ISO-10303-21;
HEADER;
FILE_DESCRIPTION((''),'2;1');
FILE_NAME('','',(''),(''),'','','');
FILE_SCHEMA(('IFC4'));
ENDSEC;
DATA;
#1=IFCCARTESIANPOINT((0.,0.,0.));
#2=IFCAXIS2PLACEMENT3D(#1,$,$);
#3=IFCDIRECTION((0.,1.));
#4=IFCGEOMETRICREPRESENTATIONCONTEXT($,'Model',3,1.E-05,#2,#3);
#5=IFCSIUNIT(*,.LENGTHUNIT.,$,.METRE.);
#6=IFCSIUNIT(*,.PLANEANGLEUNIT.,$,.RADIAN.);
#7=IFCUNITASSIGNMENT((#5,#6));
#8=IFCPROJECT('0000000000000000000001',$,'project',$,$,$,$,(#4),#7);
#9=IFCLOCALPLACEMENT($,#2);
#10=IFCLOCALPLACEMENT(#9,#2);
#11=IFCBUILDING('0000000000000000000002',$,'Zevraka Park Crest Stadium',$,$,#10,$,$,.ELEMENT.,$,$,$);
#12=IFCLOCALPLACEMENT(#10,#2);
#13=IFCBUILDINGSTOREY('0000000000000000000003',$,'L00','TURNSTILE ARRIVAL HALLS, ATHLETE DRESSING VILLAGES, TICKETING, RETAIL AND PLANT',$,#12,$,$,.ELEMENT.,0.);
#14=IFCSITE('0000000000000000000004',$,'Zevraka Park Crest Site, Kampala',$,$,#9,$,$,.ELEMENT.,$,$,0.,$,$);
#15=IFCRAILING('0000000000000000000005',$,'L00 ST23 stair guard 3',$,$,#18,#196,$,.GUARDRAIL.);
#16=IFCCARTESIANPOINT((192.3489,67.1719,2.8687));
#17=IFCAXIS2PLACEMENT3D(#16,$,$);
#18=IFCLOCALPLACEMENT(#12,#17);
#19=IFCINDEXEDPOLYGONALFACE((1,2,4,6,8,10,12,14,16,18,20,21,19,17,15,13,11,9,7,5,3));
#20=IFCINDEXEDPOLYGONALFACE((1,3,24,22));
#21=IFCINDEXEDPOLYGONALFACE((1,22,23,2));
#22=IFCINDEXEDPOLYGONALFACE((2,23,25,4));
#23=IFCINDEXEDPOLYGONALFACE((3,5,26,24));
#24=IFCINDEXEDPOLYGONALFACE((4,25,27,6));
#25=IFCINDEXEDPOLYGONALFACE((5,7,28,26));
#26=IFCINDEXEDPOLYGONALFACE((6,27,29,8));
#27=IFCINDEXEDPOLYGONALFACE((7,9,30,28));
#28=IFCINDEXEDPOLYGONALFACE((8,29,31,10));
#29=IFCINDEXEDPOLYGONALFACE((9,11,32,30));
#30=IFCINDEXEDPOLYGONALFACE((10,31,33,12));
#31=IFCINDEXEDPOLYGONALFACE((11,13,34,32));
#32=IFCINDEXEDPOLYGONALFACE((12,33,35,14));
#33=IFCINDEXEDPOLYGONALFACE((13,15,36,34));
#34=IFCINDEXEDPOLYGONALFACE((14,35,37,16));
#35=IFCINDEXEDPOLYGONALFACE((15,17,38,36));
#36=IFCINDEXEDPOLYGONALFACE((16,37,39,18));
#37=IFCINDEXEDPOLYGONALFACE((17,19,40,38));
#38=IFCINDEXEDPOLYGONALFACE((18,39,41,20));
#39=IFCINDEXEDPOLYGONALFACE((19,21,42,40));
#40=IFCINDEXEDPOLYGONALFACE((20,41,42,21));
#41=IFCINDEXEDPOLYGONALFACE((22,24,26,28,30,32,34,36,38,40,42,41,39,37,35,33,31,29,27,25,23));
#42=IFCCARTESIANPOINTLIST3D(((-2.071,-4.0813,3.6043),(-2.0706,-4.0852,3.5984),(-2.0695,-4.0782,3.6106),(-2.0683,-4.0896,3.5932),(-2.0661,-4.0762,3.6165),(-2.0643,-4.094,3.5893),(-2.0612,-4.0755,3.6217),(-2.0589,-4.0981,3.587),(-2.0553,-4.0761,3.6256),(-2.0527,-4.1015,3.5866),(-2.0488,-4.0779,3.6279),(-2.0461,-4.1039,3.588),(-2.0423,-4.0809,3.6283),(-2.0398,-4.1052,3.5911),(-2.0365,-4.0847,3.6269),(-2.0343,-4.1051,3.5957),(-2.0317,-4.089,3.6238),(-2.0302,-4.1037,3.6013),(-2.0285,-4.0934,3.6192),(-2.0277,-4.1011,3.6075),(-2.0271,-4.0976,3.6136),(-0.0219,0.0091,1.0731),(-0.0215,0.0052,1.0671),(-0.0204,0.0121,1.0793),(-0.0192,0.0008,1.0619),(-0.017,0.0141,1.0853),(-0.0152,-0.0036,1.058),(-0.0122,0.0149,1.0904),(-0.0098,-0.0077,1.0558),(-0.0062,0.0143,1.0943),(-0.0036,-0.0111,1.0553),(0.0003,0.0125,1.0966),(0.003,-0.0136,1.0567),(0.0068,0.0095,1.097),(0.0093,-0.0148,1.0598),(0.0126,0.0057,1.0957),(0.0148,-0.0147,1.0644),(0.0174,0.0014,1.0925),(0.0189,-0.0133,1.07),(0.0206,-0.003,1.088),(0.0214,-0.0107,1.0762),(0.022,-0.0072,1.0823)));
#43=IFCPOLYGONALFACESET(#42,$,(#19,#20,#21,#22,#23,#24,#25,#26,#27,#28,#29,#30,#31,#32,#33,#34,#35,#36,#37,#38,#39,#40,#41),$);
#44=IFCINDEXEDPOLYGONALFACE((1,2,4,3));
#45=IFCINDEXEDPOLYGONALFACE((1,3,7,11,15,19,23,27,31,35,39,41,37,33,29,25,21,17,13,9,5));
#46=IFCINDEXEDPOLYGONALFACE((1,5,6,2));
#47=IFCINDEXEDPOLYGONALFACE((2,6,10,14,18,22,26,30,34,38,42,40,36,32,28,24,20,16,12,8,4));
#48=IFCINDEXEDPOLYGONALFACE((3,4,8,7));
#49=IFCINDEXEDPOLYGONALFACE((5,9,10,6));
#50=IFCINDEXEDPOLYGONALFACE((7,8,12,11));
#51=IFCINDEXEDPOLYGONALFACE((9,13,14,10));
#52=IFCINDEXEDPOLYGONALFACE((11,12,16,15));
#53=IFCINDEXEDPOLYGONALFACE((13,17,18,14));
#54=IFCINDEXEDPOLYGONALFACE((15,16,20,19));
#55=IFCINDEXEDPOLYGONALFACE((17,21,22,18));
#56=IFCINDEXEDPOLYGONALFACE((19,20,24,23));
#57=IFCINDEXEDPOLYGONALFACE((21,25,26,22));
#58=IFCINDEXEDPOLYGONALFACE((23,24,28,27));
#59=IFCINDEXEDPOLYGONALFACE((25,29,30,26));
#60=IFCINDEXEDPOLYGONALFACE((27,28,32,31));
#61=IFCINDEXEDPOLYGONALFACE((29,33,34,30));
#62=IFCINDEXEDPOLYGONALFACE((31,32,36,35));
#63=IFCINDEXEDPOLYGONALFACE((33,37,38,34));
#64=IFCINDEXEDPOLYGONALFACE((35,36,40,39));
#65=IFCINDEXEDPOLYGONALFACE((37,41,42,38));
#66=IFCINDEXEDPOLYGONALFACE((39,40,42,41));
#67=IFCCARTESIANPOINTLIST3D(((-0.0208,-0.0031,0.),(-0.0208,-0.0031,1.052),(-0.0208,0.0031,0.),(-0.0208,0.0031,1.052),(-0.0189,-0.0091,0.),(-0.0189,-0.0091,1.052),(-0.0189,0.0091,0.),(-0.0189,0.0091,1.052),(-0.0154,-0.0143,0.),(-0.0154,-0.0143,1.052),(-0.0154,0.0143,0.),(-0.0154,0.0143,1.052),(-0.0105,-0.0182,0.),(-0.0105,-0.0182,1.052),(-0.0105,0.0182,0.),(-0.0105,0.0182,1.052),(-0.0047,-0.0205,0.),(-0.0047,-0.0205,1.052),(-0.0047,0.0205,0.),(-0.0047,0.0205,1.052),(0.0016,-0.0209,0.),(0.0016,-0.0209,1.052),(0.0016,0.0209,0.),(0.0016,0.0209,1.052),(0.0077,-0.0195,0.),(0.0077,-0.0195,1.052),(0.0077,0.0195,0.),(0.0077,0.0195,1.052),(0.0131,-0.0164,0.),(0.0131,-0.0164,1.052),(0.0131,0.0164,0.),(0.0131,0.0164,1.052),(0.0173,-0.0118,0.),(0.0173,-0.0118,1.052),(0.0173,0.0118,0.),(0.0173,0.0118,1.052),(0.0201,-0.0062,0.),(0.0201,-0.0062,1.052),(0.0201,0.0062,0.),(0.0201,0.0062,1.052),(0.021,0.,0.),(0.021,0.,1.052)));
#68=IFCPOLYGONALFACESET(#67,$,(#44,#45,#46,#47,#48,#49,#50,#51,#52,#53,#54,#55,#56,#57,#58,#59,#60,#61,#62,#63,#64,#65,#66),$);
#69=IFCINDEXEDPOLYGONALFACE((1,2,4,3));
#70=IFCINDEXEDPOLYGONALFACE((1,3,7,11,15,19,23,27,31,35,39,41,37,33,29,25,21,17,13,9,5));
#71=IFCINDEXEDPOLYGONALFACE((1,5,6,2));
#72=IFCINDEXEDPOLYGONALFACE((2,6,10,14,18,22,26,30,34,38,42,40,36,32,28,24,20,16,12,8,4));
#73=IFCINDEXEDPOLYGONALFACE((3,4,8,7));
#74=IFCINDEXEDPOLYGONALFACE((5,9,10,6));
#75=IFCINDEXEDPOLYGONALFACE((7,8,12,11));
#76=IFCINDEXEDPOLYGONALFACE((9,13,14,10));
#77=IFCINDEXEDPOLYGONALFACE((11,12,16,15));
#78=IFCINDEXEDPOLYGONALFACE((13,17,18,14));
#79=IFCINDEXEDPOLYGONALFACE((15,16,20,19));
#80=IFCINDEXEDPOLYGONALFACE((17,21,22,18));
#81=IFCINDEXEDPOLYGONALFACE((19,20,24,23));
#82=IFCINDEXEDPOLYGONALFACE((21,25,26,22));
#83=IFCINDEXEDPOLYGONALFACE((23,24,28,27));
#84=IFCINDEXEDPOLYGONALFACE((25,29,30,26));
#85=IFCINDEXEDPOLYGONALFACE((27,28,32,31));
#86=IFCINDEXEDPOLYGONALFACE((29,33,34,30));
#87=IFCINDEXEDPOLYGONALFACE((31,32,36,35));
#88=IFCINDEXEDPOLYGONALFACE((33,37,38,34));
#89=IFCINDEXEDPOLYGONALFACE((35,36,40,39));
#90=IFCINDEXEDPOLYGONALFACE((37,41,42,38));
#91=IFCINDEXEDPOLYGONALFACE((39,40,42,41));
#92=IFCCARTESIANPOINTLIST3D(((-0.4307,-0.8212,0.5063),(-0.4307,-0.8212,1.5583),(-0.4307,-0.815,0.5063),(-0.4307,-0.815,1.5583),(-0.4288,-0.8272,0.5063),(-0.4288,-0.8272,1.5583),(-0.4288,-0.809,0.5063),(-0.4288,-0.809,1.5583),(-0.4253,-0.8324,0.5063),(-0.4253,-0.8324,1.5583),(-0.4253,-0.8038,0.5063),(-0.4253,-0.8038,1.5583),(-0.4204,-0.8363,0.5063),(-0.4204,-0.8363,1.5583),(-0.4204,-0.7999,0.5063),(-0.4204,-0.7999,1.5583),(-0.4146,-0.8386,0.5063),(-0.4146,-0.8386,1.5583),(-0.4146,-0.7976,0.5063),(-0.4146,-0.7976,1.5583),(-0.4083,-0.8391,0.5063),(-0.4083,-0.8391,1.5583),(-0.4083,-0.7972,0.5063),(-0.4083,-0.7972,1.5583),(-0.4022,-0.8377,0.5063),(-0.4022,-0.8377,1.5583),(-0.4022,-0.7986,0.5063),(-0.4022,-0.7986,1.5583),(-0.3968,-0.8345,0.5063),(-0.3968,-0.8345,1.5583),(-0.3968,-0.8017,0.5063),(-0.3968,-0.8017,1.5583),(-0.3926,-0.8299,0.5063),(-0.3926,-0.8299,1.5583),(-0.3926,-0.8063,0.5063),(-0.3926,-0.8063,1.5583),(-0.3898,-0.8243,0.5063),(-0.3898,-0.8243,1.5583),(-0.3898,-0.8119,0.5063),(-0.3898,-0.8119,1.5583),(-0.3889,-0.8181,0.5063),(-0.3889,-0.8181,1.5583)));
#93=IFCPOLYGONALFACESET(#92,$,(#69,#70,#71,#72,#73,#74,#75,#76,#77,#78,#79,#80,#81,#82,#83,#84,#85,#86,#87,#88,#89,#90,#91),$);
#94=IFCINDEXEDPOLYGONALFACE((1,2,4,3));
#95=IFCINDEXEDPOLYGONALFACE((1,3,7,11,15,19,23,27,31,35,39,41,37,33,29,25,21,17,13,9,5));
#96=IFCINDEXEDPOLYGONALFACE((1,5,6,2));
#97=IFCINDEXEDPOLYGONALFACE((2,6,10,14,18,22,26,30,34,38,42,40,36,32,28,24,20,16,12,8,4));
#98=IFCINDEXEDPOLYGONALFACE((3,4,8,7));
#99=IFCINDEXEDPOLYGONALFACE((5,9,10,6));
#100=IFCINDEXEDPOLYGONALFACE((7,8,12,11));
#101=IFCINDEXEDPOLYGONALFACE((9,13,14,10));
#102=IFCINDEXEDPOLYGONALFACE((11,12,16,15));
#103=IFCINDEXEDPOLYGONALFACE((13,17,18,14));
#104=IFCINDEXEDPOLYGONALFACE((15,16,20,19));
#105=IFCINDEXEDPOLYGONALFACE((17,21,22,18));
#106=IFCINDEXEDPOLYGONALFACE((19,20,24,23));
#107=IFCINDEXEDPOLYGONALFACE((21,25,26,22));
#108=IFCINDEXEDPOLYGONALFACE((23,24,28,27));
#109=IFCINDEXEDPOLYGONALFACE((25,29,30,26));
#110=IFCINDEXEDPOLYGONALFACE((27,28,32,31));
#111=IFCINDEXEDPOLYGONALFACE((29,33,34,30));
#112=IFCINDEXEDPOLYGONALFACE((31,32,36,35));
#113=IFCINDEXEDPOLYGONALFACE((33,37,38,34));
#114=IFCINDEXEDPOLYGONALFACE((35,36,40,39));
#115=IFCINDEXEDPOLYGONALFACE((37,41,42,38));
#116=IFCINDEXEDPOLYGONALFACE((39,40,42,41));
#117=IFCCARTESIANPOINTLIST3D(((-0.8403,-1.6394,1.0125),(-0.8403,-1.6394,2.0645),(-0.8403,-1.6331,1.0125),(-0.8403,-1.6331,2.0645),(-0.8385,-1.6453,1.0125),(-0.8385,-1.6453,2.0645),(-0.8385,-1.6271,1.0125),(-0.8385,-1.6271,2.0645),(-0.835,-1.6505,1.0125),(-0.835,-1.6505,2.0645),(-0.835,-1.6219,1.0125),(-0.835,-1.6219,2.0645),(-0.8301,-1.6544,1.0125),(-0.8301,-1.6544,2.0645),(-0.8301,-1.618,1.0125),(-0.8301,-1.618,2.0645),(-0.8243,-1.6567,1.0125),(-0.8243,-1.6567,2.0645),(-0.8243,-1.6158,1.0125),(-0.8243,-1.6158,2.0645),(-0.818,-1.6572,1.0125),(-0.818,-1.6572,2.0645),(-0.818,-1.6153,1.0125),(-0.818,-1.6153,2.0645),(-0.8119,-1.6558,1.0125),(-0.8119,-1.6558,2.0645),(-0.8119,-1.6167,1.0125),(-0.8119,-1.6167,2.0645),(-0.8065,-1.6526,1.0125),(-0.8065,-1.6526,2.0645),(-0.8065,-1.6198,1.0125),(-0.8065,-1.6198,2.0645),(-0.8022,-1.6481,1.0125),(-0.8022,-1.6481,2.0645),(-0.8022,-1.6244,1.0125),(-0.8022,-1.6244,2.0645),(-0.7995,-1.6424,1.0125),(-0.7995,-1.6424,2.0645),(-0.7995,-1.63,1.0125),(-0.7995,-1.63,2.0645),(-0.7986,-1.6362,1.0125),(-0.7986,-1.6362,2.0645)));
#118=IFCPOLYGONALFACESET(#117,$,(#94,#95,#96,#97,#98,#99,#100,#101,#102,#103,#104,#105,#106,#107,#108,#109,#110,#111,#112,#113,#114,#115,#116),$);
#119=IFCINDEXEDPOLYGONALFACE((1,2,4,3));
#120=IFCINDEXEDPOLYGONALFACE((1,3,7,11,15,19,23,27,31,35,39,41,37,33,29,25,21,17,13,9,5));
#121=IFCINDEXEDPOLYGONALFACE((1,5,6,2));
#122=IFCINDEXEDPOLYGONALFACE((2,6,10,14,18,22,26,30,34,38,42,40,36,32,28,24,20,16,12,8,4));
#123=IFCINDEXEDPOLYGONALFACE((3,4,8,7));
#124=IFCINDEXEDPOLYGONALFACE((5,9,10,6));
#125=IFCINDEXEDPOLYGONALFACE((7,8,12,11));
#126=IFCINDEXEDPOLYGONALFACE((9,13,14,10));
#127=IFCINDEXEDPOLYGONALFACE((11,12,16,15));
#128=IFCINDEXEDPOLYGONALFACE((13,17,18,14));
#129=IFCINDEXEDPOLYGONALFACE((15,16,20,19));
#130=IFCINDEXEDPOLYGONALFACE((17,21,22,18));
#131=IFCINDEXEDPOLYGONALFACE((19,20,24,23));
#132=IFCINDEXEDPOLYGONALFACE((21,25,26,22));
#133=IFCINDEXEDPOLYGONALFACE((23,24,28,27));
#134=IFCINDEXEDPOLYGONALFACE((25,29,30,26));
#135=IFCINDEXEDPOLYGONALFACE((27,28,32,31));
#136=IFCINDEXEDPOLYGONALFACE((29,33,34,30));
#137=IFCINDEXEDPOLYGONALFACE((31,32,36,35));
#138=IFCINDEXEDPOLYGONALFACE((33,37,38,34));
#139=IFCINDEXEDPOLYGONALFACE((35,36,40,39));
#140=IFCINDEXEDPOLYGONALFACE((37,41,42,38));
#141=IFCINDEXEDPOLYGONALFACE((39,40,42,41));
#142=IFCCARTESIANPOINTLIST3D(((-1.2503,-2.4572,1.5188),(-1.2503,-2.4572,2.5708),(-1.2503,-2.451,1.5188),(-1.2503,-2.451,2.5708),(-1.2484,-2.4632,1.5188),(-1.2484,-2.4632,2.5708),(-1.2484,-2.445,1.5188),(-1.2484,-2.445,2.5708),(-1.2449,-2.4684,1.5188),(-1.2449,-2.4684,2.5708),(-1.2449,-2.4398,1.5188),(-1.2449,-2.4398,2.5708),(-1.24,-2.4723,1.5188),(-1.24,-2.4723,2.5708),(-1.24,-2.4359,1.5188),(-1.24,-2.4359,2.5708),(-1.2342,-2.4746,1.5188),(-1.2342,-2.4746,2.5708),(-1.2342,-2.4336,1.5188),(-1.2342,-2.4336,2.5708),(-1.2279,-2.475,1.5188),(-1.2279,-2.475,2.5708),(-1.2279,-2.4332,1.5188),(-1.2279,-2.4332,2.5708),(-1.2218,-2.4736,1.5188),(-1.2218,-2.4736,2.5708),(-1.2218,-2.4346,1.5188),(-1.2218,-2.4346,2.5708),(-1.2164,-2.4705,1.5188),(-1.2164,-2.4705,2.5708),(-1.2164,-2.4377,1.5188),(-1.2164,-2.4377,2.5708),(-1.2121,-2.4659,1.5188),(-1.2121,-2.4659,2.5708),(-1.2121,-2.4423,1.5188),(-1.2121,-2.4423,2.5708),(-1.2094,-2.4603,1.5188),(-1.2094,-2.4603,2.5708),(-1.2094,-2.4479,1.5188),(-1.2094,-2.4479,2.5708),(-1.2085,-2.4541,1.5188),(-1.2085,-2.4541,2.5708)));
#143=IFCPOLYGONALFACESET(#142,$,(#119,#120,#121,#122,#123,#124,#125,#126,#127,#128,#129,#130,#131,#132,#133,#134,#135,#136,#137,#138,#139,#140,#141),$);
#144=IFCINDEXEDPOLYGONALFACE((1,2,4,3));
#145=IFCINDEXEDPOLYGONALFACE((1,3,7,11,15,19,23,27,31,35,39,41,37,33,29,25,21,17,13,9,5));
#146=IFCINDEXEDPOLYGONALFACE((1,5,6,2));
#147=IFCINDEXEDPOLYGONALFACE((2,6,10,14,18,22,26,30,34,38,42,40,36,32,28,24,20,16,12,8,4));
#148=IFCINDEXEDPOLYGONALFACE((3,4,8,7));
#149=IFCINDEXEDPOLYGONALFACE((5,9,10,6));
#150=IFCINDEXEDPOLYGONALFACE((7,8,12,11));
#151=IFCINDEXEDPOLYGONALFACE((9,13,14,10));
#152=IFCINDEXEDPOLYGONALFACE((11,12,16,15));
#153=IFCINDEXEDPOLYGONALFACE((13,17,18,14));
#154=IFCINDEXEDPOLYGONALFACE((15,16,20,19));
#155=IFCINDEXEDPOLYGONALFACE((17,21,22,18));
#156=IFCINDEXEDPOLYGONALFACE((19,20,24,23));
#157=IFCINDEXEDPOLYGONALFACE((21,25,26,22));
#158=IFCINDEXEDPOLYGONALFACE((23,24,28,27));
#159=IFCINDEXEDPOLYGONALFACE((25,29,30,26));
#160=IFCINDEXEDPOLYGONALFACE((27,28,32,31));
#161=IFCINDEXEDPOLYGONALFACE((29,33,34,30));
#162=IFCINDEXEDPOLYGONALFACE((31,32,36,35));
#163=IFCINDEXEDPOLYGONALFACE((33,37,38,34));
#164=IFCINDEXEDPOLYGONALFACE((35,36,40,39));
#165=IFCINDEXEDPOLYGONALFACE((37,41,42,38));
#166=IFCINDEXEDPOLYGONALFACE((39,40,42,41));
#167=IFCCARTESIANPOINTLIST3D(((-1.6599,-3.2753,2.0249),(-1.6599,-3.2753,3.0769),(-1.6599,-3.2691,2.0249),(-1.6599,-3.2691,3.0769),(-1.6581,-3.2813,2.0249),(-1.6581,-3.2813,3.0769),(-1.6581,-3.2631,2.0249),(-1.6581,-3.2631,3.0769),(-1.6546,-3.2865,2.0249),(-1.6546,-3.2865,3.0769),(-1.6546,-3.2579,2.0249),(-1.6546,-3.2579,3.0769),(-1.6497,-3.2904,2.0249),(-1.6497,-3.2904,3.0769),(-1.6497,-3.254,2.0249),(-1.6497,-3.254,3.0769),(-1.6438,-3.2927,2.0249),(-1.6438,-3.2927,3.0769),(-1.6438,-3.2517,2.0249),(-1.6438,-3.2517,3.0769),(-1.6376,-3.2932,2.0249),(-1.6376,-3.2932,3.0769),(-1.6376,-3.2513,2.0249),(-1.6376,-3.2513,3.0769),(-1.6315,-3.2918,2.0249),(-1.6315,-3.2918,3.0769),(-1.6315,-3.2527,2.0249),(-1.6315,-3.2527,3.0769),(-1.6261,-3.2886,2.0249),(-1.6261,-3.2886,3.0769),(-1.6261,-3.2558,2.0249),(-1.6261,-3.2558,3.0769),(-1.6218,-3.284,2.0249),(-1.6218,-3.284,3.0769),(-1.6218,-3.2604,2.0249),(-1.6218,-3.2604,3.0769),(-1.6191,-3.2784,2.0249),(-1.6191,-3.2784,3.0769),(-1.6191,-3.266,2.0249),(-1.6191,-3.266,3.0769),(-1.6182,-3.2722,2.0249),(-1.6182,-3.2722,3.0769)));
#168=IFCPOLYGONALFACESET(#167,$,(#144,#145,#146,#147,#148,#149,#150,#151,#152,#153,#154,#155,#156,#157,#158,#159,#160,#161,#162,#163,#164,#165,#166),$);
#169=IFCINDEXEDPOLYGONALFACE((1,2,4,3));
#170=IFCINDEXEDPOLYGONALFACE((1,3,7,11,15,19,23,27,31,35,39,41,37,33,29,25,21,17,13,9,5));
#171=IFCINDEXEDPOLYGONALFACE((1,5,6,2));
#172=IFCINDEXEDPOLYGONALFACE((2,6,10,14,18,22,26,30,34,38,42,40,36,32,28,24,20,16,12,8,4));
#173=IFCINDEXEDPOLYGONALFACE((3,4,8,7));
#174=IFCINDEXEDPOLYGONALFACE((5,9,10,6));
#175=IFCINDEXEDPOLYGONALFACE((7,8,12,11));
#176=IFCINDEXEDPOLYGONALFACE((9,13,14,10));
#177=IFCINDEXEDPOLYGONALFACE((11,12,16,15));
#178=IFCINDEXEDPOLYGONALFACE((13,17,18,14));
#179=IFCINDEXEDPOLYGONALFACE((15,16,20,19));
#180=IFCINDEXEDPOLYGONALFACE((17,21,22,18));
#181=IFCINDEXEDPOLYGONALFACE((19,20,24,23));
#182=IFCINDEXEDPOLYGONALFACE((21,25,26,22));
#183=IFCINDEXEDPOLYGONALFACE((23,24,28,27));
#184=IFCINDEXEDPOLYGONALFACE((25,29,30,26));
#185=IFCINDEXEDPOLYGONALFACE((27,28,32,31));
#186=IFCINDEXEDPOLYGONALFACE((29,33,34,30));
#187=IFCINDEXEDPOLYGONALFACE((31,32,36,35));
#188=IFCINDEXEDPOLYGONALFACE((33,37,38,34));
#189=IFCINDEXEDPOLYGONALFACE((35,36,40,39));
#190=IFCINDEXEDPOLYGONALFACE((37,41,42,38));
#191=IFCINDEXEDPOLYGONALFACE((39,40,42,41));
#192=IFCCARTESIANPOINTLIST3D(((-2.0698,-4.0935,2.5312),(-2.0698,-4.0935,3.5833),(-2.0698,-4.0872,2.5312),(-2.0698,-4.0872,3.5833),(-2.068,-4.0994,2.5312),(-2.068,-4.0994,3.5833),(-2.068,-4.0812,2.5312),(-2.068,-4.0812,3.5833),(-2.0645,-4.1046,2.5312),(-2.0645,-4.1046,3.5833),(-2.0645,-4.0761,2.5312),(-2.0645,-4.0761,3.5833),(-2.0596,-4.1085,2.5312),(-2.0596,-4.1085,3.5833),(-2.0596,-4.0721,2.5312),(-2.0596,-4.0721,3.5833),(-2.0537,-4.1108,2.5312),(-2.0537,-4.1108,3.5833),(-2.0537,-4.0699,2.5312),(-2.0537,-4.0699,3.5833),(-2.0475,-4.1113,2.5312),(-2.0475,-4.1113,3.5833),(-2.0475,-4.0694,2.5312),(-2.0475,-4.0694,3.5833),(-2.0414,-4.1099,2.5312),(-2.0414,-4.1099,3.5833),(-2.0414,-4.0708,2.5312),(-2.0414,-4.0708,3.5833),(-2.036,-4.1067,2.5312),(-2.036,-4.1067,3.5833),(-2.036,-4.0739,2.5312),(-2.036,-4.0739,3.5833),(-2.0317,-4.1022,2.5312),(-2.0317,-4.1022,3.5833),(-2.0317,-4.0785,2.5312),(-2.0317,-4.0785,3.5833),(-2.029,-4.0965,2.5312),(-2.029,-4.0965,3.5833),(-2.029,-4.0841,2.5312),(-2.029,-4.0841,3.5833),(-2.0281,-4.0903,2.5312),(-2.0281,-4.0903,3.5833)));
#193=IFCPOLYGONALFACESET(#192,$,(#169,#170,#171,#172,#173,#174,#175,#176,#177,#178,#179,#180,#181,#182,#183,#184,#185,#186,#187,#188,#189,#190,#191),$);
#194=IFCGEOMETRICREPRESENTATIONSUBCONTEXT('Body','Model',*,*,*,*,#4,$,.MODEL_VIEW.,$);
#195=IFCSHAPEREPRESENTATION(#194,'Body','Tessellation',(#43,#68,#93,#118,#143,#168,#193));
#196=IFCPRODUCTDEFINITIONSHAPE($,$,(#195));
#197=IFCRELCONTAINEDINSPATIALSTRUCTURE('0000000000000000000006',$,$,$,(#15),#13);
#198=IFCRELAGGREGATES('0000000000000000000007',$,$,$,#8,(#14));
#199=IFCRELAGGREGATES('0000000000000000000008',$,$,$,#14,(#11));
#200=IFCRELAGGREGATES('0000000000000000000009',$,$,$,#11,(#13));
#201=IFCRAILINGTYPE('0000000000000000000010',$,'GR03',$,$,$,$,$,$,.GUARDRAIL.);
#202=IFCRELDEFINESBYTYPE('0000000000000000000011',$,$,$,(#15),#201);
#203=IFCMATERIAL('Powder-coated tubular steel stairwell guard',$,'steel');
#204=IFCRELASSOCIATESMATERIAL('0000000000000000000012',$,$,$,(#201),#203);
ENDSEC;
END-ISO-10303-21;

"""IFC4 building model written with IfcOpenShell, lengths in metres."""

from ifc_helpers import new_model, si_unit, direction, frame, origin, origin_2d, place, context, subcontext, project, spatial, circle, extrude, material, type_object, element, save


model = new_model("IFC4")

# Units and contexts
model_context = context("Model", 3, precision=1e-05, world=origin(), true_north=direction((0.0, 1.0)))
body_context = subcontext(model_context, "Body", "Model", "MODEL_VIEW")
ifc_project = project(units=[si_unit("LENGTHUNIT", "METRE"), si_unit("PLANEANGLEUNIT", "RADIAN")], contexts=[model_context])

# Site, building, storey
site_placement = place(None, origin())
site = spatial("IfcSite", under=ifc_project, at=site_placement, Name="Zevraka Park Crest Site, Kampala", CompositionType="ELEMENT", RefElevation=0.0)
building_placement = place(site_placement, origin())
building = spatial("IfcBuilding", under=site, at=building_placement, Name="Zevraka Park Crest Stadium", CompositionType="ELEMENT")
storey_placement = place(building_placement, origin())
storey = spatial("IfcBuildingStorey", under=building, at=storey_placement, Name="L00", Description="TURNSTILE ARRIVAL HALLS, ATHLETE DRESSING VILLAGES, TICKETING, RETAIL AND PLANT", CompositionType="ELEMENT", Elevation=0.0)

# Railing
ifc_material_1 = material(Name="Powder-coated tubular steel stairwell guard", Category="steel")
railing_type_1 = type_object("IfcRailingType", Name="GR03", PredefinedType="GUARDRAIL", material=ifc_material_1)
railing_1_placement = place(storey_placement, frame((192.3489, 67.1719, 2.8687)))
element("IfcRailing", 1, at=railing_1_placement, inside=storey, type_object=railing_type_1, Name="L00 ST23 stair guard 3", PredefinedType="GUARDRAIL", context=body_context, shape_type="SweptSolid", body=[
    extrude(circle(Radius=0.0239, at=origin_2d()), frame((0.0, 0.0, 1.0762), z_axis=(-0.391908, -0.782321, 0.48413), x_axis=(0.894085, -0.447897, 0.0)), (0.0, 0.0, 1.0), 5.2285),
    extrude(circle(Radius=0.021, at=origin_2d()), origin(), (0.0, 0.0, 1.0), 1.052),
    extrude(circle(Radius=0.021, at=origin_2d()), frame((-0.4099, -0.8181, 0.5063)), (0.0, 0.0, 1.0), 1.052),
    extrude(circle(Radius=0.021, at=origin_2d()), frame((-0.8196, -1.6362, 1.0125)), (0.0, 0.0, 1.0), 1.052),
    extrude(circle(Radius=0.021, at=origin_2d()), frame((-1.2295, -2.4541, 1.5188)), (0.0, 0.0, 1.0), 1.052),
    extrude(circle(Radius=0.021, at=origin_2d()), frame((-1.6392, -3.2722, 2.0249)), (0.0, 0.0, 1.0), 1.052),
    extrude(circle(Radius=0.021, at=origin_2d()), frame((-2.0491, -4.0903, 2.5312)), (0.0, 0.0, 1.0), 1.052),
])

save(model, "model.ifc")
